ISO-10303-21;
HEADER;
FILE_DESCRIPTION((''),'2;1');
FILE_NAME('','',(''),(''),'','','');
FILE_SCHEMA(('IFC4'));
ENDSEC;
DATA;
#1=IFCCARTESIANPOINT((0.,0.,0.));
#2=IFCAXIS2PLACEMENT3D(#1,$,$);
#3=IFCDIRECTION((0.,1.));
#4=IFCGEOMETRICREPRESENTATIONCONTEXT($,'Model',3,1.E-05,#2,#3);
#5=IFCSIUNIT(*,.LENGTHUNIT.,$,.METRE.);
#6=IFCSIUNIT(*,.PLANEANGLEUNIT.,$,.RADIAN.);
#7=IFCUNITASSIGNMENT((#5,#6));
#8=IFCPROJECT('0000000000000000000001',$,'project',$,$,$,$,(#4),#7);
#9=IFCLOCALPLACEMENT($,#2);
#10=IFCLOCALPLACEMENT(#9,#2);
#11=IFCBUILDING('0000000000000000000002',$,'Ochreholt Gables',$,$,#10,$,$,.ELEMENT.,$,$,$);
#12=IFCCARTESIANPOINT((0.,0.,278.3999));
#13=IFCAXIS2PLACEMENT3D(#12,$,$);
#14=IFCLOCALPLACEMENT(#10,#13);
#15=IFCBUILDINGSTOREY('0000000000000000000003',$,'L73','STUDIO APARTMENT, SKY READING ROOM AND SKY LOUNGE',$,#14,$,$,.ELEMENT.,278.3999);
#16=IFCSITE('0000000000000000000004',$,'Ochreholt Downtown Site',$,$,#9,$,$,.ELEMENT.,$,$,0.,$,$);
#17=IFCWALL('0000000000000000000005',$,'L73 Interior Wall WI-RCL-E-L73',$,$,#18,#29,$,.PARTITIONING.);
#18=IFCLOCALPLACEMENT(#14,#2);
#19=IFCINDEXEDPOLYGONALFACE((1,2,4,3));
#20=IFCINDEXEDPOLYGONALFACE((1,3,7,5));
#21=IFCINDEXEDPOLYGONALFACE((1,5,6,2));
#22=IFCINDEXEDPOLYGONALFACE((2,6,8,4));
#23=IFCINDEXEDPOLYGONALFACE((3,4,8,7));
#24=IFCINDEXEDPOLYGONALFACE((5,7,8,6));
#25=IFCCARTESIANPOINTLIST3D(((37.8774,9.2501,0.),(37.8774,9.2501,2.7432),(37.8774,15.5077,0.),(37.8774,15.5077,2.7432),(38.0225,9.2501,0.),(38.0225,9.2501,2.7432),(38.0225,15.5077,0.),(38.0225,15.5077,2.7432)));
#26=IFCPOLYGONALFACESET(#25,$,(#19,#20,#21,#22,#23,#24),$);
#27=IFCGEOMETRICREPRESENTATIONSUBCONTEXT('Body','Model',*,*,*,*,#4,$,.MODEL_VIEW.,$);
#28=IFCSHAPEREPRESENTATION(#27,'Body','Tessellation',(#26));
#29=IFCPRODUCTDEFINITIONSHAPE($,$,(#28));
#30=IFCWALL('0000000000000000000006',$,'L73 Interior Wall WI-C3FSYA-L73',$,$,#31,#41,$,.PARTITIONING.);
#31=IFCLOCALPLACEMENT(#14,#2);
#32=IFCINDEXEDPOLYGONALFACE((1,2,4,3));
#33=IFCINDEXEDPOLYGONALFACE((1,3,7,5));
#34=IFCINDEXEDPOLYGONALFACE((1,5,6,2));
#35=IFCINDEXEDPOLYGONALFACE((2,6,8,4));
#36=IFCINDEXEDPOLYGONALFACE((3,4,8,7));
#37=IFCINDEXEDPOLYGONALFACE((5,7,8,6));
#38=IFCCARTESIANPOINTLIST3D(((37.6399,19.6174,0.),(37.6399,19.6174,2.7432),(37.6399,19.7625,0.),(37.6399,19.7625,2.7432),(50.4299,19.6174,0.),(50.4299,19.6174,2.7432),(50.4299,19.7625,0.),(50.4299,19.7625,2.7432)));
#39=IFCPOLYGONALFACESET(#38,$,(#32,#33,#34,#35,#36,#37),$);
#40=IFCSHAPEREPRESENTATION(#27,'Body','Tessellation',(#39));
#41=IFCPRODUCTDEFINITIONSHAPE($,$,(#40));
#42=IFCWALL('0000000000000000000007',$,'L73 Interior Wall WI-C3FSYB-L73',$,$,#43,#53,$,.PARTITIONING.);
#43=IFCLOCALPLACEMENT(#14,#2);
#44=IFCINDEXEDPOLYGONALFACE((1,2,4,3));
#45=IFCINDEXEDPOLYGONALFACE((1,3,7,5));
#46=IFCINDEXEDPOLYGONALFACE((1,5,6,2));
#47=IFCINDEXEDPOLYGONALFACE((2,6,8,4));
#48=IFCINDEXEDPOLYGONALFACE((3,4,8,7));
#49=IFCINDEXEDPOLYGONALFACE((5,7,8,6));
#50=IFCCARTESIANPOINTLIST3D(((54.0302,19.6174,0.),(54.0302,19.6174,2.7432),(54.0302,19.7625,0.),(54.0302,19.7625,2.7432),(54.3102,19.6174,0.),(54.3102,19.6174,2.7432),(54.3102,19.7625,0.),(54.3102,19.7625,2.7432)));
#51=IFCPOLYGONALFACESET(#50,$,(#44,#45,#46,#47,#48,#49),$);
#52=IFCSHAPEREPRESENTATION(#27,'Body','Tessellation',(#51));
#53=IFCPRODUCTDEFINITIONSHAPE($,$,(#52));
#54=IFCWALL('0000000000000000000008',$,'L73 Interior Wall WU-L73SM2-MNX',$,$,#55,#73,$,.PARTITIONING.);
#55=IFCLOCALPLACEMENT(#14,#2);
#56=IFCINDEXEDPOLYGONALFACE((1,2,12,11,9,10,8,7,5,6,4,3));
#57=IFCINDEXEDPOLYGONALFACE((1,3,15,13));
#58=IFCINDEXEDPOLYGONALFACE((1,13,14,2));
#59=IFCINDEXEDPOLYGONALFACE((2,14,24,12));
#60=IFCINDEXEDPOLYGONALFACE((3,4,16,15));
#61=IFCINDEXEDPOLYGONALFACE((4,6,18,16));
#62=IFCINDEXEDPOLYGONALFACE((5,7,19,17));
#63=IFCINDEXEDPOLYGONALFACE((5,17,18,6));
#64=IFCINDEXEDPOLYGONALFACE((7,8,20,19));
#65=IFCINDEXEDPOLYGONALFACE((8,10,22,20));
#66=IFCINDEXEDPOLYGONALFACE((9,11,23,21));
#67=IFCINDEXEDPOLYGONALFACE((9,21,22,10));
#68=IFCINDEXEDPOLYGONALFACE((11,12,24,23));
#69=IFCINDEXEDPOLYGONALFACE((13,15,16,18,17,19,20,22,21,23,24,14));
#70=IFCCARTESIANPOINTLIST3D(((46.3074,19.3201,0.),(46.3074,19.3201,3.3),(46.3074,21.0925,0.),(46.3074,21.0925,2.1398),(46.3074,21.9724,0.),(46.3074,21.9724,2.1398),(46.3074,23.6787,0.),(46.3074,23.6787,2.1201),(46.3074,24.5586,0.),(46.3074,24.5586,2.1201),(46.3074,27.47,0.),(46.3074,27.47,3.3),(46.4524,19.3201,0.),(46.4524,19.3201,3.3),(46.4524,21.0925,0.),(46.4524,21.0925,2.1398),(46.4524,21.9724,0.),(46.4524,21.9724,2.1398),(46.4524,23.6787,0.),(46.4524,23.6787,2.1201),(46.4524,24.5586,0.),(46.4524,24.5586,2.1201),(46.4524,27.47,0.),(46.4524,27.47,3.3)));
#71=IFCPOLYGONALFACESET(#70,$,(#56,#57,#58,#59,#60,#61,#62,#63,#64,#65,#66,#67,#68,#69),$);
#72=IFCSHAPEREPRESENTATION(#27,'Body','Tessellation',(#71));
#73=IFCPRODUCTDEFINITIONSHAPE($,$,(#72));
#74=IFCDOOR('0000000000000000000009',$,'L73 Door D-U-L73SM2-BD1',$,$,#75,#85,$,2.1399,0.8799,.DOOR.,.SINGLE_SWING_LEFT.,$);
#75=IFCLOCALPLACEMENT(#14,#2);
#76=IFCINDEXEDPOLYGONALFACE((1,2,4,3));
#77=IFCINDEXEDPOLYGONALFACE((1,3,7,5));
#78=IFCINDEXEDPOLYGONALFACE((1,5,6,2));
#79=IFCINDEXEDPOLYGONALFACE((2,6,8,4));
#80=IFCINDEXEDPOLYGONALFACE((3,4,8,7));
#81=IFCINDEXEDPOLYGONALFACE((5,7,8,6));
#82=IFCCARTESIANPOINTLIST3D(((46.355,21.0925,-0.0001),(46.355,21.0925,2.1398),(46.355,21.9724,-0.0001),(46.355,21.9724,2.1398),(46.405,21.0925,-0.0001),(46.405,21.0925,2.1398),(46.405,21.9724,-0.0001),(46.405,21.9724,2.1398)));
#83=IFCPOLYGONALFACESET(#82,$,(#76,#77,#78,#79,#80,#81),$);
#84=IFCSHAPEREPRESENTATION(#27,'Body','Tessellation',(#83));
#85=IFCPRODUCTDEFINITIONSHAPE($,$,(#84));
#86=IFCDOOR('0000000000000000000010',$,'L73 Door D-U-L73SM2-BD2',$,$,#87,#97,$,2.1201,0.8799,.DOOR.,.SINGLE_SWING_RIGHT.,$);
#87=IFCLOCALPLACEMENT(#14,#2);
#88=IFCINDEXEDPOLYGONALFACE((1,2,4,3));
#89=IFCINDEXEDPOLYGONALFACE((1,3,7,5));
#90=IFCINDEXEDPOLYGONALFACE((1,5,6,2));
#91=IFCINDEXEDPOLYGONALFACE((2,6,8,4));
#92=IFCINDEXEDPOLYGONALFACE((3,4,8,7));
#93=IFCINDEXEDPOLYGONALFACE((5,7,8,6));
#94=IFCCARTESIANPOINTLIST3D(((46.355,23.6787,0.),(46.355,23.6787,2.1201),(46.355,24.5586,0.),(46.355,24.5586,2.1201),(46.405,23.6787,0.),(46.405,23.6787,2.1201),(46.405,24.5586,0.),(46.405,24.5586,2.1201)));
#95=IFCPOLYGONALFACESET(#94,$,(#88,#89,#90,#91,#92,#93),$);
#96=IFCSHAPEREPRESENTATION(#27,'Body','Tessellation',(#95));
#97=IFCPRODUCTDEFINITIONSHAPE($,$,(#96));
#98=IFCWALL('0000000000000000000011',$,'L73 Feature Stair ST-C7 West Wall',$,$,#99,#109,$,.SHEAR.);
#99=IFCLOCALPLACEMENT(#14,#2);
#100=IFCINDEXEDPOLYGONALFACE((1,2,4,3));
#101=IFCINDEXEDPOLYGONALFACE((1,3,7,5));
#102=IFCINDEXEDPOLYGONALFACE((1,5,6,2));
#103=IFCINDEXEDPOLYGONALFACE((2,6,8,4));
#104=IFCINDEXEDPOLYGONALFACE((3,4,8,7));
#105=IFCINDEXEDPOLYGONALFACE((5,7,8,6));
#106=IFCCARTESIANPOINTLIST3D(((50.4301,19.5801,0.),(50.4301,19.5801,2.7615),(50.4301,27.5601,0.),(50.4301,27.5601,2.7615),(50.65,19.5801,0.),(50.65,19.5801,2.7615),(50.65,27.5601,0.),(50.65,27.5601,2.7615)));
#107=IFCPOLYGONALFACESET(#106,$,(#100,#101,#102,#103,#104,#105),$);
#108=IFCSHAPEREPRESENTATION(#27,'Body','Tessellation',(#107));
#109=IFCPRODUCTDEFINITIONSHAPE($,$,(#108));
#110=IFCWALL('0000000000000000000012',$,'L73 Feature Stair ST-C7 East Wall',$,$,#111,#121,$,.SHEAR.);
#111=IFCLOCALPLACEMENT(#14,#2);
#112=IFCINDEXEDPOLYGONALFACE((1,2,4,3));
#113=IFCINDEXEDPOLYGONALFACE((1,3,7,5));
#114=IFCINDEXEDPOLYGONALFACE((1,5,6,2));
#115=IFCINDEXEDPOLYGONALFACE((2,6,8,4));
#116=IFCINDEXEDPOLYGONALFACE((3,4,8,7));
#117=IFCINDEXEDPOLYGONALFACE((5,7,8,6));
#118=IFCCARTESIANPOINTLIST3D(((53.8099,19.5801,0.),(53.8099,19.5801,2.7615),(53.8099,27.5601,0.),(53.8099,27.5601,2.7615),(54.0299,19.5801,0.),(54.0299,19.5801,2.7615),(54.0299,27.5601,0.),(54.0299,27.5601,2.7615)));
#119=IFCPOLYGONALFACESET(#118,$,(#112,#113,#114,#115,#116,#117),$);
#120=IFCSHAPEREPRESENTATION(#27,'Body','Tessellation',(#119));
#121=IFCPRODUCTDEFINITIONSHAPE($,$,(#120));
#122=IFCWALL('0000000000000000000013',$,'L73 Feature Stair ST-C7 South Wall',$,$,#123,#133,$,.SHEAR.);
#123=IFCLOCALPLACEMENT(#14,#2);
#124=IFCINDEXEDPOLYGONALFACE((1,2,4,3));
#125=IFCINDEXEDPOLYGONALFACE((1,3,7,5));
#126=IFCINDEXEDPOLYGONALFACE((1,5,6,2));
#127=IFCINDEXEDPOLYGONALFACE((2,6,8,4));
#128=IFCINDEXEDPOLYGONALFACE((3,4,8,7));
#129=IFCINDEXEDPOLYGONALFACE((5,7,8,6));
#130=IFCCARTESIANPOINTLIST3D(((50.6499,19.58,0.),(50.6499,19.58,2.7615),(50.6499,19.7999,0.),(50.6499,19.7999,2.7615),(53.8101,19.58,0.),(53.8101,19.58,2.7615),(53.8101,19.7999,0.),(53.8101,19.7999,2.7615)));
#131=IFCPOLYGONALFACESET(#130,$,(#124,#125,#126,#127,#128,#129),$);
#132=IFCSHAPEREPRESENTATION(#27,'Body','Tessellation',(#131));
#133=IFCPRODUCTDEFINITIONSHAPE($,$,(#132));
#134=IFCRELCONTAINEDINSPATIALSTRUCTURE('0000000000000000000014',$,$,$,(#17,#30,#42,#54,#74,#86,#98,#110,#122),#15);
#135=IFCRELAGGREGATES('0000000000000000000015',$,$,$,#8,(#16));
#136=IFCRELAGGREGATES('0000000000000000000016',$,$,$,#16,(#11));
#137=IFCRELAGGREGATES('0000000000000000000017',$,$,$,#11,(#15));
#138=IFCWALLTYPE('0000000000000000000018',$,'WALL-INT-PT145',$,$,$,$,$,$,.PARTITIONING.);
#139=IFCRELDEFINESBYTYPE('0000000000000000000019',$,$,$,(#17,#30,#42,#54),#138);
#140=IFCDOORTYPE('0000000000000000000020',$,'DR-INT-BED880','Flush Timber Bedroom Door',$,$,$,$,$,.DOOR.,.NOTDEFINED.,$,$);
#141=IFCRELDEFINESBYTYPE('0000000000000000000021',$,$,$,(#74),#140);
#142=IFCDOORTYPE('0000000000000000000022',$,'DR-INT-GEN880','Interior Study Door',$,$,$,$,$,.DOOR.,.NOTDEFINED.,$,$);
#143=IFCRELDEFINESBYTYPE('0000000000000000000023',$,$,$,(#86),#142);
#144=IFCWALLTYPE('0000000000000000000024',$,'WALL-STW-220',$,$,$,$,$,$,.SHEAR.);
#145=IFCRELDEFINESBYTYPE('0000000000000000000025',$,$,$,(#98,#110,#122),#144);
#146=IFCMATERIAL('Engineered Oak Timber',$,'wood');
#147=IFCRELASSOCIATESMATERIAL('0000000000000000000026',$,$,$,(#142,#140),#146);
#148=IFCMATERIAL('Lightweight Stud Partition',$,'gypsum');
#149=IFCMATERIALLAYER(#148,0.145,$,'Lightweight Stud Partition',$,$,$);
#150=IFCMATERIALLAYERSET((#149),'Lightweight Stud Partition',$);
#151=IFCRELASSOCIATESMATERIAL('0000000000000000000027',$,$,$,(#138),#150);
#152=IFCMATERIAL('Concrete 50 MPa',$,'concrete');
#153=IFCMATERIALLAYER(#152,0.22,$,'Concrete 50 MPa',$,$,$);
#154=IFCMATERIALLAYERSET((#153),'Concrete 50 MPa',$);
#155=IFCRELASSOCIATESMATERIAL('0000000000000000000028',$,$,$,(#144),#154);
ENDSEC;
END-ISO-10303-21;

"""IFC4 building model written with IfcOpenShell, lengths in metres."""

from ifc_helpers import new_model, si_unit, direction, frame, frame_2d, origin, place, context, subcontext, project, spatial, rectangle, extrude, material, layer, layer_set, type_object, element, fill, save


model = new_model("IFC4")

# Units and contexts
model_context = context("Model", 3, precision=1e-05, world=origin(), true_north=direction((0.0, 1.0)))
body_context = subcontext(model_context, "Body", "Model", "MODEL_VIEW")
ifc_project = project(units=[si_unit("LENGTHUNIT", "METRE"), si_unit("PLANEANGLEUNIT", "RADIAN")], contexts=[model_context])

# Site, building, storey
site_placement = place(None, origin())
site = spatial("IfcSite", under=ifc_project, at=site_placement, Name="Ochreholt Downtown Site", CompositionType="ELEMENT", RefElevation=0.0)
building_placement = place(site_placement, origin())
building = spatial("IfcBuilding", under=site, at=building_placement, Name="Ochreholt Gables", CompositionType="ELEMENT")
storey_placement = place(building_placement, frame((0.0, 0.0, 278.3999)))
storey = spatial("IfcBuildingStorey", under=building, at=storey_placement, Name="L73", Description="STUDIO APARTMENT, SKY READING ROOM AND SKY LOUNGE", CompositionType="ELEMENT", Elevation=278.3999)

# Shared definitions
ifc_material_1 = material(Name="Engineered Oak Timber", Category="wood")

# Shared definitions
door_type_1 = type_object("IfcDoorType", Name="DR-INT-GEN880", Description="Interior Study Door", OperationType="NOTDEFINED", PredefinedType="DOOR", material=ifc_material_1)

# Walls
ifc_material_2 = material(Name="Lightweight Stud Partition", Category="gypsum")
ifc_layer_1 = layer(ifc_material_2, 0.145, Name="Lightweight Stud Partition")
ifc_layer_set_1 = layer_set([ifc_layer_1], Name="Lightweight Stud Partition")
wall_type_1 = type_object("IfcWallType", Name="WALL-INT-PT145", PredefinedType="PARTITIONING", material=ifc_layer_set_1)
wall_1_placement = place(storey_placement, frame((37.95, 9.25, 0.0), z_axis=(0.0, 0.0, 1.0), x_axis=(0.0, 1.0, 0.0)))
element("IfcWall", 1, at=wall_1_placement, inside=storey, type_object=wall_type_1, Name="L73 Interior Wall WI-RCL-E-L73", PredefinedType="PARTITIONING", context=body_context, shape_type="SweptSolid", body=[
    extrude(rectangle(XDim=6.2576, YDim=0.145, at=frame_2d((3.1289, 0.0))), origin(), (0.0, 0.0, 1.0), 2.7432),
])
wall_2_placement = place(storey_placement, frame((37.6399, 19.6899, 0.0), z_axis=(0.0, 0.0, 1.0), x_axis=(1.0, 0.0, 0.0)))
element("IfcWall", 2, at=wall_2_placement, inside=storey, type_object=wall_type_1, Name="L73 Interior Wall WI-C3FSYA-L73", PredefinedType="PARTITIONING", context=body_context, shape_type="SweptSolid", body=[
    extrude(rectangle(XDim=12.79, YDim=0.145, at=frame_2d((6.395, 0.0))), origin(), (0.0, 0.0, 1.0), 2.7432),
])
wall_3_placement = place(storey_placement, frame((54.03, 19.6899, 0.0), z_axis=(0.0, 0.0, 1.0), x_axis=(1.0, 0.0, 0.0)))
element("IfcWall", 3, at=wall_3_placement, inside=storey, type_object=wall_type_1, Name="L73 Interior Wall WI-C3FSYB-L73", PredefinedType="PARTITIONING", context=body_context, shape_type="SweptSolid", body=[
    extrude(rectangle(XDim=0.28, YDim=0.145, at=frame_2d((0.1401, 0.0))), origin(), (0.0, 0.0, 1.0), 2.7432),
])

# Wall, openings, doors
wall_4_placement = place(storey_placement, frame((46.3799, 19.3201, 0.0), z_axis=(0.0, 0.0, 1.0), x_axis=(0.0, 1.0, 0.0)))
wall_4 = element("IfcWall", 4, at=wall_4_placement, inside=storey, type_object=wall_type_1, Name="L73 Interior Wall WU-L73SM2-MNX", PredefinedType="PARTITIONING", context=body_context, shape_type="SweptSolid", body=[
    extrude(rectangle(XDim=8.1499, YDim=0.145, at=frame_2d((4.075, 0.0))), origin(), (0.0, 0.0, 1.0), 3.3),
])
opening_1_placement = place(wall_4_placement, frame((1.7725, 0.0, 0.0)))
opening_1 = element("IfcOpeningElement", 5, at=opening_1_placement, cuts=wall_4, PredefinedType="OPENING", context=body_context, shape_type="SweptSolid", body=[
    extrude(rectangle(XDim=0.8799, YDim=2.1399, at=frame_2d((0.4399, 1.0698))), frame((0.0, 0.0825, 0.0), z_axis=(0.0, -1.0, 0.0), x_axis=(1.0, 0.0, 0.0)), (0.0, 0.0, 1.0), 0.165),
])
opening_2_placement = place(wall_4_placement, frame((4.3586, 0.0, 0.0)))
opening_2 = element("IfcOpeningElement", 6, at=opening_2_placement, cuts=wall_4, PredefinedType="OPENING", context=body_context, shape_type="SweptSolid", body=[
    extrude(rectangle(XDim=0.8799, YDim=2.1201, at=frame_2d((0.4399, 1.0601))), frame((0.0, 0.0825, 0.0), z_axis=(0.0, -1.0, 0.0), x_axis=(1.0, 0.0, 0.0)), (0.0, 0.0, 1.0), 0.165),
])
door_type_2 = type_object("IfcDoorType", Name="DR-INT-BED880", Description="Flush Timber Bedroom Door", OperationType="NOTDEFINED", PredefinedType="DOOR", material=ifc_material_1)
door_1_placement = place(opening_1_placement, origin())
door_1 = element("IfcDoor", 7, at=door_1_placement, inside=storey, type_object=door_type_2, Name="L73 Door D-U-L73SM2-BD1", OperationType="SINGLE_SWING_LEFT", OverallHeight=2.1399, OverallWidth=0.8799, PredefinedType="DOOR", context=body_context, shape_type="SweptSolid", body=[
    extrude(rectangle(XDim=0.8799, YDim=2.1399, at=frame_2d((0.4399, 1.0698))), frame((0.0, 0.0249, 0.0), z_axis=(0.0, -1.0, 0.0), x_axis=(1.0, 0.0, 0.0)), (0.0, 0.0, 1.0), 0.05),
])
fill(opening_1, door_1)
door_2_placement = place(opening_2_placement, origin())
door_2 = element("IfcDoor", 8, at=door_2_placement, inside=storey, type_object=door_type_1, Name="L73 Door D-U-L73SM2-BD2", OperationType="SINGLE_SWING_RIGHT", OverallHeight=2.1201, OverallWidth=0.8799, PredefinedType="DOOR", context=body_context, shape_type="SweptSolid", body=[
    extrude(rectangle(XDim=0.8799, YDim=2.1201, at=frame_2d((0.4399, 1.0601))), frame((0.0, 0.0249, 0.0), z_axis=(0.0, -1.0, 0.0), x_axis=(1.0, 0.0, 0.0)), (0.0, 0.0, 1.0), 0.05),
])
fill(opening_2, door_2)

# Walls
ifc_material_3 = material(Name="Concrete 50 MPa", Category="concrete")
ifc_layer_2 = layer(ifc_material_3, 0.22, Name="Concrete 50 MPa")
ifc_layer_set_2 = layer_set([ifc_layer_2], Name="Concrete 50 MPa")
wall_type_2 = type_object("IfcWallType", Name="WALL-STW-220", PredefinedType="SHEAR", material=ifc_layer_set_2)
for number, where, z_axis, x_axis, name in (
    (9, (50.54, 19.5801, 0.0), (0.0, 0.0, 1.0), (0.0, 1.0, 0.0), "L73 Feature Stair ST-C7 West Wall"),
    (10, (53.9199, 19.5801, 0.0), (0.0, 0.0, 1.0), (0.0, 1.0, 0.0), "L73 Feature Stair ST-C7 East Wall"),
):
    element("IfcWall", number, at=place(storey_placement, frame(where, z_axis=z_axis, x_axis=x_axis)), inside=storey, type_object=wall_type_2, Name=name, PredefinedType="SHEAR", context=body_context, shape_type="SweptSolid", body=[
        extrude(rectangle(XDim=7.98, YDim=0.22, at=frame_2d((3.99, 0.0))), origin(), (0.0, 0.0, 1.0), 2.7615),
    ])
wall_5_placement = place(storey_placement, frame((50.6499, 19.6899, 0.0), z_axis=(0.0, 0.0, 1.0), x_axis=(1.0, 0.0, 0.0)))
element("IfcWall", 11, at=wall_5_placement, inside=storey, type_object=wall_type_2, Name="L73 Feature Stair ST-C7 South Wall", PredefinedType="SHEAR", context=body_context, shape_type="SweptSolid", body=[
    extrude(rectangle(XDim=3.1602, YDim=0.22, at=frame_2d((1.5801, 0.0))), origin(), (0.0, 0.0, 1.0), 2.7615),
])

save(model, "model.ifc")
